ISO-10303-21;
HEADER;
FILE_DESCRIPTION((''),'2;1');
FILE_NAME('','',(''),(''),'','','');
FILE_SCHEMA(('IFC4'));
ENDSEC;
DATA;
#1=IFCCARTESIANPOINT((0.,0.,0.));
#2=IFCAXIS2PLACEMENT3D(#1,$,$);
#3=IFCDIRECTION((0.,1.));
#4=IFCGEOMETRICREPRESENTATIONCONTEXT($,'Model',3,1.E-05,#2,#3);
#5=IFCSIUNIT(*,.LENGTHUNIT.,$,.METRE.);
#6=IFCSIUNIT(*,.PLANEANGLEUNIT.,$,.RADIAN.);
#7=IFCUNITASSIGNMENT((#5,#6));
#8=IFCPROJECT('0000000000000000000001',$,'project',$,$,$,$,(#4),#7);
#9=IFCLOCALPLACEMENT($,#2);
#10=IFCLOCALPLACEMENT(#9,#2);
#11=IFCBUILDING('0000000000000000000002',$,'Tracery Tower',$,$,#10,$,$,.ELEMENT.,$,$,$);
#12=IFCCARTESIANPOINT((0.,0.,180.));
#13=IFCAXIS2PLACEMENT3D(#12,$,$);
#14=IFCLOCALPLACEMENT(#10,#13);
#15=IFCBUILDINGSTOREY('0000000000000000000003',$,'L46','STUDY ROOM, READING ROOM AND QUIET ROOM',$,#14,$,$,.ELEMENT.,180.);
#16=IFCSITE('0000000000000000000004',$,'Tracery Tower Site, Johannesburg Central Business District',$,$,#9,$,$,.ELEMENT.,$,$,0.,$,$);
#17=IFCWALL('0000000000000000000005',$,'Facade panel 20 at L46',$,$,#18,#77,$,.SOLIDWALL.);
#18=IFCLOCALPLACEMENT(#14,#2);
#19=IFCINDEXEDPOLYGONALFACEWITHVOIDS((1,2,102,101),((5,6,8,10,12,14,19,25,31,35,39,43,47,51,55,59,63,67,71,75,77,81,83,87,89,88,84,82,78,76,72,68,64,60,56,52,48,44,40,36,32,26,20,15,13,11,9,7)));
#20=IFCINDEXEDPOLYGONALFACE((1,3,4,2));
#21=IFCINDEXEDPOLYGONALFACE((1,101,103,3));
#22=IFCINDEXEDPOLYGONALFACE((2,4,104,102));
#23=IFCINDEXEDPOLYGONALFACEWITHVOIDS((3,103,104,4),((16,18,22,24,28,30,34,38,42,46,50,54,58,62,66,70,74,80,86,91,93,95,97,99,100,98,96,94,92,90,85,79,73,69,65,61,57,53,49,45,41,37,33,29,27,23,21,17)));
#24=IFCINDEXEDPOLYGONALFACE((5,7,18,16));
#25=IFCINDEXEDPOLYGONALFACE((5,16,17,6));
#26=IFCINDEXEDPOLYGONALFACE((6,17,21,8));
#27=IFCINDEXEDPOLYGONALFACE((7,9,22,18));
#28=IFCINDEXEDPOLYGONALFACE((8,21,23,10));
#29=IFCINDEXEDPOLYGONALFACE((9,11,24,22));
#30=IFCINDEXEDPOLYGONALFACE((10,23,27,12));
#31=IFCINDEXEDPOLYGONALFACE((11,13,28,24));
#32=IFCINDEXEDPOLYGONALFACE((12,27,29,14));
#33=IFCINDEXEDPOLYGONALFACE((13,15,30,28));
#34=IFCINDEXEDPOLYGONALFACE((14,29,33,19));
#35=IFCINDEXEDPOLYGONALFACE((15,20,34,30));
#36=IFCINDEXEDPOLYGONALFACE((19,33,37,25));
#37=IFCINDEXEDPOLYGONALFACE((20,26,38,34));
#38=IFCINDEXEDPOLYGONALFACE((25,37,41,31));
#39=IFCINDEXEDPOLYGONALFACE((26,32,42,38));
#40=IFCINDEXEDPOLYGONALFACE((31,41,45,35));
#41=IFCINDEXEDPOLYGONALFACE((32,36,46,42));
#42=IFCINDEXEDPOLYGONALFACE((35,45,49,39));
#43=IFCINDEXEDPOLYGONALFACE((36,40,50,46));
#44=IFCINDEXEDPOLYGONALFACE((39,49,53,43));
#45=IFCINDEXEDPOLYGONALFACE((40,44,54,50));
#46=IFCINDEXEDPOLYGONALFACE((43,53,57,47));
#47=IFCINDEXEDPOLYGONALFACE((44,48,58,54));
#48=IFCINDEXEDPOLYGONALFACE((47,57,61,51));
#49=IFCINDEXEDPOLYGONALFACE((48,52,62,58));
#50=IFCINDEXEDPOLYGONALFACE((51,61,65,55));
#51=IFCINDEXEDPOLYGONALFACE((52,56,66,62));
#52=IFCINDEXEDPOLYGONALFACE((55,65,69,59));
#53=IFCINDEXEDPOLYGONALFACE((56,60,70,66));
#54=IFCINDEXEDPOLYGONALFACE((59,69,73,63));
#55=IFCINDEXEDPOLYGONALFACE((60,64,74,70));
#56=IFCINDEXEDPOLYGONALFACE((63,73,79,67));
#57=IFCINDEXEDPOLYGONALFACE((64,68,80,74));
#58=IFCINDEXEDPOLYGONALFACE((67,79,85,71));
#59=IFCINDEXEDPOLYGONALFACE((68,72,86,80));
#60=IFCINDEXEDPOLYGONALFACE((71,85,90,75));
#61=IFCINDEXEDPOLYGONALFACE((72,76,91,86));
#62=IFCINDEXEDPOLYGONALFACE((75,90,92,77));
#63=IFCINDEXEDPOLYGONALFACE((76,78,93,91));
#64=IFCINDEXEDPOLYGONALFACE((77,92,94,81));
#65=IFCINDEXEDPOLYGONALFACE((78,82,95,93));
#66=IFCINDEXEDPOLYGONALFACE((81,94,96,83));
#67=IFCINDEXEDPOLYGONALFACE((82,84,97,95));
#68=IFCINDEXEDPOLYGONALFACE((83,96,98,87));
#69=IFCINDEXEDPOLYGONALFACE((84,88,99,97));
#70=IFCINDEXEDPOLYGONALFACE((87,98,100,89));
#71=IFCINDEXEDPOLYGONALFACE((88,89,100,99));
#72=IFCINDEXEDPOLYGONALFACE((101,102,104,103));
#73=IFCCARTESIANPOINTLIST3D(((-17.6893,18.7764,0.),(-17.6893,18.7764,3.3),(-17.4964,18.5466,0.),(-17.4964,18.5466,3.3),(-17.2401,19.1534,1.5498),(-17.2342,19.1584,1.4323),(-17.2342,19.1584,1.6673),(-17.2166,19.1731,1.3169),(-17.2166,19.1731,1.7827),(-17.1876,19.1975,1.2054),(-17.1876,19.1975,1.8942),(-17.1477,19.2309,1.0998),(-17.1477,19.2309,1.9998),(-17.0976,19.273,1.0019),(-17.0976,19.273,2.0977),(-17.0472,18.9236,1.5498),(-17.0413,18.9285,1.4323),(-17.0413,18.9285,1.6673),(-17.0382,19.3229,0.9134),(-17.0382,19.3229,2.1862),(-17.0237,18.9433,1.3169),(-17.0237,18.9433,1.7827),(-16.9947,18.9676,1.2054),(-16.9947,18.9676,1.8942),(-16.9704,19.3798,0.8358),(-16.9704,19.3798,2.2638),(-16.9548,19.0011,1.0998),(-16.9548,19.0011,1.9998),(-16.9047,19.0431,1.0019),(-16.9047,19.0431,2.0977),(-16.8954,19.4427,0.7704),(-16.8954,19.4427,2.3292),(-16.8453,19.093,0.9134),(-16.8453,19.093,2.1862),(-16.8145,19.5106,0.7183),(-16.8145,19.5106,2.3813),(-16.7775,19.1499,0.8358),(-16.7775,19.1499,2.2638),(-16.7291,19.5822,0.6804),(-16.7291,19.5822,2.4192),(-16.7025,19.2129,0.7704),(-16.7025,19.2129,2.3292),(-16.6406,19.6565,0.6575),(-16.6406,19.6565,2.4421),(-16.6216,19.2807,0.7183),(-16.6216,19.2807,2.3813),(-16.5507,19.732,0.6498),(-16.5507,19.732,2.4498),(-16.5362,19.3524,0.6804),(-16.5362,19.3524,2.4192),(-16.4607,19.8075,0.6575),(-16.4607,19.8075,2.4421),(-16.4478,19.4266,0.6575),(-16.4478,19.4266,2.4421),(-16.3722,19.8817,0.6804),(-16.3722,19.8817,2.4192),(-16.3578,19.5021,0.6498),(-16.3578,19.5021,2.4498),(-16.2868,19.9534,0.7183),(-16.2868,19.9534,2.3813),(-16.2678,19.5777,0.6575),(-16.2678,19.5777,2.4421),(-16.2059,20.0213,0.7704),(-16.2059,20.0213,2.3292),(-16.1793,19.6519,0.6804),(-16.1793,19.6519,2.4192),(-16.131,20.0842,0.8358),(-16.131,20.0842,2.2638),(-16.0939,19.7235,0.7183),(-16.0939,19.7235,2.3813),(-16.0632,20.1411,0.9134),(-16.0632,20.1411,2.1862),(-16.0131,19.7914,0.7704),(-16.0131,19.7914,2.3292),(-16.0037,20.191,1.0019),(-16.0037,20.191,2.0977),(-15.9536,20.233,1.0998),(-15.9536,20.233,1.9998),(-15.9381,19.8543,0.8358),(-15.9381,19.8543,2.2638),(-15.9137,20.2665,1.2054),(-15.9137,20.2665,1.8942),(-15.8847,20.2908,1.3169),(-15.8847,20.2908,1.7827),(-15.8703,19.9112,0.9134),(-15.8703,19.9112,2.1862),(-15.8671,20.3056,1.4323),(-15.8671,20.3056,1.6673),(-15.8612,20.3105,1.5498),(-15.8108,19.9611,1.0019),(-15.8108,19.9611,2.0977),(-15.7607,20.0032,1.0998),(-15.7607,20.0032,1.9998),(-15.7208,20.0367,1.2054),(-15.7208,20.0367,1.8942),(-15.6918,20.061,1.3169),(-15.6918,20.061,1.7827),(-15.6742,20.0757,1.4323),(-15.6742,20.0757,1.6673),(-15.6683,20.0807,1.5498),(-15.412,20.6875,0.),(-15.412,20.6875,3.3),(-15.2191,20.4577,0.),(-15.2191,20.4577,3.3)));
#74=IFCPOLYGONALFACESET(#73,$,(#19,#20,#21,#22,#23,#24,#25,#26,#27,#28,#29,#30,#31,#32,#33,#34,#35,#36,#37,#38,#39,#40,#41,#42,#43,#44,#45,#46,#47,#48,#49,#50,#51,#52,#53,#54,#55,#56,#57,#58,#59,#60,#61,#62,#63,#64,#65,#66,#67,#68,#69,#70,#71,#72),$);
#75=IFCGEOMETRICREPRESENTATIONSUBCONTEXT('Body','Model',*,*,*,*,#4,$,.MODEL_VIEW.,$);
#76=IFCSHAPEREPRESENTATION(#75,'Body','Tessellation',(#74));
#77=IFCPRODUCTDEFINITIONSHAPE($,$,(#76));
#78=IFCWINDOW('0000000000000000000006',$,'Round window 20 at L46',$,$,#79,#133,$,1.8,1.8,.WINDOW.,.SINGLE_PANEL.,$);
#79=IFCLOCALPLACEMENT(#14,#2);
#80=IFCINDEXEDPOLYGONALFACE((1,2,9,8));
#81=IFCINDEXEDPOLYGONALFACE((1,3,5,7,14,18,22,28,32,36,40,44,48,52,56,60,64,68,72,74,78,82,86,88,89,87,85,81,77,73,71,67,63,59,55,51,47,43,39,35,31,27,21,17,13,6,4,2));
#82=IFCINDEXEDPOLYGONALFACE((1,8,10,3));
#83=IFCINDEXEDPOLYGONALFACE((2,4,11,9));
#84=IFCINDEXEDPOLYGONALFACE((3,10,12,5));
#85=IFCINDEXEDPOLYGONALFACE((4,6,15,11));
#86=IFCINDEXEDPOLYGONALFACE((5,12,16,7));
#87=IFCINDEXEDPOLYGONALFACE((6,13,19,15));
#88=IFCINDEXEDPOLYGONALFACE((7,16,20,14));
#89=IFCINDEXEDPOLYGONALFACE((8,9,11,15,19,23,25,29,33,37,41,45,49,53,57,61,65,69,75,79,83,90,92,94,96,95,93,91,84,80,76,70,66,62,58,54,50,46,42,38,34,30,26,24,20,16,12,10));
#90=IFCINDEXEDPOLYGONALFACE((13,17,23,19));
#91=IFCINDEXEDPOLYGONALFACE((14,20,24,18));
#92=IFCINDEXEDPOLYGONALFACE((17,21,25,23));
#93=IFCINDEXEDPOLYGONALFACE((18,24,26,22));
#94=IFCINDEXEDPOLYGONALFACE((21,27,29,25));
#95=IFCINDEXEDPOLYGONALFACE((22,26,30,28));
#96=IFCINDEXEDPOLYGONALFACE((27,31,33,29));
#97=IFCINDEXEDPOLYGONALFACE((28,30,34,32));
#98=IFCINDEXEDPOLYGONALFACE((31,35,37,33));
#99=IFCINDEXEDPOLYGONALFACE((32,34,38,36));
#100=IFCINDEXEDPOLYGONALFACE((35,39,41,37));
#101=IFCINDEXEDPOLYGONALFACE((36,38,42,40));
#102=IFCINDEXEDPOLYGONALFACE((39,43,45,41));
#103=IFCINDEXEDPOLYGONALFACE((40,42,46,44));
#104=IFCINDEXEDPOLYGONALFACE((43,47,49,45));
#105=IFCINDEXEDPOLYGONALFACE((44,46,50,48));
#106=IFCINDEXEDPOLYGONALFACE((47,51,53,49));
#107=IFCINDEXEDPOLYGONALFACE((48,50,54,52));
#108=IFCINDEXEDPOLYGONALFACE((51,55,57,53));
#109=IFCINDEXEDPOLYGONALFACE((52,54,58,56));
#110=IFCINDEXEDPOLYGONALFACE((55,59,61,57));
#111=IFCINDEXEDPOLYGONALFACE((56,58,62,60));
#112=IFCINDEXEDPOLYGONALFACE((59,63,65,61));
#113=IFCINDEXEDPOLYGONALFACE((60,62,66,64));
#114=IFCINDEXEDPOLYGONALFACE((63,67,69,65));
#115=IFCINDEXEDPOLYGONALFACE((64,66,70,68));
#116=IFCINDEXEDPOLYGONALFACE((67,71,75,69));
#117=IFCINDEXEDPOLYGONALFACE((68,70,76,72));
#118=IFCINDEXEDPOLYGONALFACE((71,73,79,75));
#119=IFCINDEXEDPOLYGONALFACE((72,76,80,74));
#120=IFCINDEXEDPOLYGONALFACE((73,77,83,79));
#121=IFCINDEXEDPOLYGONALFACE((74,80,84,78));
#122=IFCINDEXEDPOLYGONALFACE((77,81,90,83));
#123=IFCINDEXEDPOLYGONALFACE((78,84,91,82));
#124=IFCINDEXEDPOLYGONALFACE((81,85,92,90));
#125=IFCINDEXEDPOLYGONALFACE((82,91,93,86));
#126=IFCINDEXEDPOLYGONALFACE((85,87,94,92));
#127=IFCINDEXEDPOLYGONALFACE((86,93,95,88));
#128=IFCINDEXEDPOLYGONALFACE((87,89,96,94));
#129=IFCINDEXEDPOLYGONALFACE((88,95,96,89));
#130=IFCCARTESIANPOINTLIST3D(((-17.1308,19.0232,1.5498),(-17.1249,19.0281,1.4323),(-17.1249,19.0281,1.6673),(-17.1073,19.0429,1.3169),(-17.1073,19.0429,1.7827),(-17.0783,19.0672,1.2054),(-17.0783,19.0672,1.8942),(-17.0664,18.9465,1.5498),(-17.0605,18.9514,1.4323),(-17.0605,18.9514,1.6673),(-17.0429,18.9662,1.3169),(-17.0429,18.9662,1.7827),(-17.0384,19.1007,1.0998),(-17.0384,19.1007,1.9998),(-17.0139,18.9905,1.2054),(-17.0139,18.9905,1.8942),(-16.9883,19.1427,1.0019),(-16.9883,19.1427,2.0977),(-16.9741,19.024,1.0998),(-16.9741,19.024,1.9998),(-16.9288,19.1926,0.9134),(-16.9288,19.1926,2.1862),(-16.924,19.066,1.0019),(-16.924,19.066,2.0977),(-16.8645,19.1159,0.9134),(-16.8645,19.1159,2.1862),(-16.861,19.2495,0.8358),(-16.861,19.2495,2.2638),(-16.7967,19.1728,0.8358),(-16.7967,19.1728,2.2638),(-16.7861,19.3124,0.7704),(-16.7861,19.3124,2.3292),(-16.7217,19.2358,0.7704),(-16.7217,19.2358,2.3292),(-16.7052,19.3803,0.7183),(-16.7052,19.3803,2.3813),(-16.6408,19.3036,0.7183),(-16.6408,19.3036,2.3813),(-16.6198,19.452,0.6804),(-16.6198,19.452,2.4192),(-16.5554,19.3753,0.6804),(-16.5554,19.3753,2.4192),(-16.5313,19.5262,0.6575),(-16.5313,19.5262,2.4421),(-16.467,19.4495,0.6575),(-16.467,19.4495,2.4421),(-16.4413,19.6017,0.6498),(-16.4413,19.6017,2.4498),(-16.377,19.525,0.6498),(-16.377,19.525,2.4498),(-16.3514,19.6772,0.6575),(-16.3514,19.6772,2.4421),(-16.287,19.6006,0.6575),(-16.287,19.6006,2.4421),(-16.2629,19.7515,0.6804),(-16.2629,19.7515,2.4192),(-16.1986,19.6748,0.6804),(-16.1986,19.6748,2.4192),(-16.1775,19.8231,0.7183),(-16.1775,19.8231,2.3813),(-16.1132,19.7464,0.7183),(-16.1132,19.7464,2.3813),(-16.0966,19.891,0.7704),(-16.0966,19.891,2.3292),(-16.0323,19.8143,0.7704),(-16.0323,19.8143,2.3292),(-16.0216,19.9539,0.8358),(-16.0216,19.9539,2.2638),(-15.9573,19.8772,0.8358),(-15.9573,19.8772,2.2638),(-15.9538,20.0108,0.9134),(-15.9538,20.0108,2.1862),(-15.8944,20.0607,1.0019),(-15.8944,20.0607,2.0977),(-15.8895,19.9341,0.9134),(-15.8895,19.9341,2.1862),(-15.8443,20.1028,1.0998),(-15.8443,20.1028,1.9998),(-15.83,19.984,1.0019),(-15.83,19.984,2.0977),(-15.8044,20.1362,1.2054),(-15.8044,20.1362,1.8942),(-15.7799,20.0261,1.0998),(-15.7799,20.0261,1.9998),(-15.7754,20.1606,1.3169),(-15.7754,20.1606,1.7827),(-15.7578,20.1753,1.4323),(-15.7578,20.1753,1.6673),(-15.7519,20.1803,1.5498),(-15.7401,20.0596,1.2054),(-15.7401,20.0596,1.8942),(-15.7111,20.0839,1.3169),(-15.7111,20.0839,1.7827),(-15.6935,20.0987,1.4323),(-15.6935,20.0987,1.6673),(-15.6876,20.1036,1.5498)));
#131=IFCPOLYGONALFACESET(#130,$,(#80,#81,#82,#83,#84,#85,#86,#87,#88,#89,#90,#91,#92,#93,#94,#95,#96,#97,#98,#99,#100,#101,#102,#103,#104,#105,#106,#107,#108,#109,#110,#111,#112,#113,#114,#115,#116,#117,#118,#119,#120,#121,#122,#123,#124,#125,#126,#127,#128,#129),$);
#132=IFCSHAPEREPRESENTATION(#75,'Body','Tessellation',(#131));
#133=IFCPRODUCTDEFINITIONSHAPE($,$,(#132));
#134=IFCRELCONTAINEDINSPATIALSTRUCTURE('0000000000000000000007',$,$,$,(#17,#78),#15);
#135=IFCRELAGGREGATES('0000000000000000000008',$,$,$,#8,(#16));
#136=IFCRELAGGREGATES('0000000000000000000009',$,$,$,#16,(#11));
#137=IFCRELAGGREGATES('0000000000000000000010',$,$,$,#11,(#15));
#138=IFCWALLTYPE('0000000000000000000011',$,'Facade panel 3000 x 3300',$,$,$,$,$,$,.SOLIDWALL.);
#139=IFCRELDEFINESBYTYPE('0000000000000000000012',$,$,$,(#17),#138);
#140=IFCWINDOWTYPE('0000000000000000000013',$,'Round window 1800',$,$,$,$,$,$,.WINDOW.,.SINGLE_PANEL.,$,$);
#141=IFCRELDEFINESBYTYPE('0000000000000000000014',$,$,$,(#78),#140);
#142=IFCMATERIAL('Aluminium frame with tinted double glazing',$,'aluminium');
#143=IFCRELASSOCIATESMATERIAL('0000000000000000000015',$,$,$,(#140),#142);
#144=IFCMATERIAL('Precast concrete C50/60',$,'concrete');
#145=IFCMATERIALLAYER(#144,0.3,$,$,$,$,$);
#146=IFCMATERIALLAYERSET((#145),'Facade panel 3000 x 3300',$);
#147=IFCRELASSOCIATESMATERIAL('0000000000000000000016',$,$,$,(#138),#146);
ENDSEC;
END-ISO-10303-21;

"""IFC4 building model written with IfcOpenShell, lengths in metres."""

from ifc_helpers import new_model, si_unit, direction, frame, frame_2d, origin, origin_2d, place, context, subcontext, project, spatial, rectangle, circle, extrude, material, layer, layer_set, type_object, element, fill, save


model = new_model("IFC4")

# Units and contexts
model_context = context("Model", 3, precision=1e-05, world=origin(), true_north=direction((0.0, 1.0)))
body_context = subcontext(model_context, "Body", "Model", "MODEL_VIEW")
ifc_project = project(units=[si_unit("LENGTHUNIT", "METRE"), si_unit("PLANEANGLEUNIT", "RADIAN")], contexts=[model_context])

# Site, building, storey
site_placement = place(None, origin())
site = spatial("IfcSite", under=ifc_project, at=site_placement, Name="Tracery Tower Site, Johannesburg Central Business District", CompositionType="ELEMENT", RefElevation=0.0)
building_placement = place(site_placement, origin())
building = spatial("IfcBuilding", under=site, at=building_placement, Name="Tracery Tower", CompositionType="ELEMENT")
storey_placement = place(building_placement, frame((0.0, 0.0, 180.0)))
storey = spatial("IfcBuildingStorey", under=building, at=storey_placement, Name="L46", Description="STUDY ROOM, READING ROOM AND QUIET ROOM", CompositionType="ELEMENT", Elevation=180.0)

# Wall, opening, window
ifc_material_1 = material(Name="Aluminium frame with tinted double glazing", Category="aluminium")
window_type = type_object("IfcWindowType", Name="Round window 1800", PartitioningType="SINGLE_PANEL", PredefinedType="WINDOW", material=ifc_material_1)
ifc_material_2 = material(Name="Precast concrete C50/60", Category="concrete")
ifc_layer_1 = layer(ifc_material_2, 0.3)
ifc_layer_set_1 = layer_set([ifc_layer_1], Name="Facade panel 3000 x 3300")
wall_type_1 = type_object("IfcWallType", Name="Facade panel 3000 x 3300", PredefinedType="SOLIDWALL", material=ifc_layer_set_1)
wall_1_placement = place(storey_placement, frame((-15.3157, 20.5725, 0.0), z_axis=(0.0, 0.0, 1.0), x_axis=(-0.766009, -0.64283, 0.0)))
wall_1 = element("IfcWall", 1, at=wall_1_placement, inside=storey, type_object=wall_type_1, Name="Facade panel 20 at L46", PredefinedType="SOLIDWALL", context=body_context, shape_type="SweptSolid", body=[
    extrude(rectangle(XDim=2.9729, YDim=0.3, at=frame_2d((1.4863, 0.0))), origin(), (0.0, 0.0, 1.0), 3.3),
])
opening_1_placement = place(wall_1_placement, frame((1.4863, 0.0, 1.5498)))
opening_1 = element("IfcOpeningElement", 2, at=opening_1_placement, cuts=wall_1, PredefinedType="OPENING", context=body_context, shape_type="SweptSolid", body=[
    extrude(circle(Radius=0.9, at=origin_2d()), frame((0.0, 0.1599, 0.0), z_axis=(0.0, -1.0, 0.0), x_axis=(1.0, 0.0, 0.0)), (0.0, 0.0, 1.0), 0.3201),
])
window_1_placement = place(opening_1_placement, origin())
window_1 = element("IfcWindow", 3, at=window_1_placement, inside=storey, type_object=window_type, Name="Round window 20 at L46", OverallHeight=1.8, OverallWidth=1.8, PartitioningType="SINGLE_PANEL", PredefinedType="WINDOW", context=body_context, shape_type="SweptSolid", body=[
    extrude(circle(Radius=0.9, at=origin_2d()), frame((0.0, 0.1201, 0.0), z_axis=(0.0, -1.0, 0.0), x_axis=(1.0, 0.0, 0.0)), (0.0, 0.0, 1.0), 0.1001),
])
fill(opening_1, window_1)

save(model, "model.ifc")
